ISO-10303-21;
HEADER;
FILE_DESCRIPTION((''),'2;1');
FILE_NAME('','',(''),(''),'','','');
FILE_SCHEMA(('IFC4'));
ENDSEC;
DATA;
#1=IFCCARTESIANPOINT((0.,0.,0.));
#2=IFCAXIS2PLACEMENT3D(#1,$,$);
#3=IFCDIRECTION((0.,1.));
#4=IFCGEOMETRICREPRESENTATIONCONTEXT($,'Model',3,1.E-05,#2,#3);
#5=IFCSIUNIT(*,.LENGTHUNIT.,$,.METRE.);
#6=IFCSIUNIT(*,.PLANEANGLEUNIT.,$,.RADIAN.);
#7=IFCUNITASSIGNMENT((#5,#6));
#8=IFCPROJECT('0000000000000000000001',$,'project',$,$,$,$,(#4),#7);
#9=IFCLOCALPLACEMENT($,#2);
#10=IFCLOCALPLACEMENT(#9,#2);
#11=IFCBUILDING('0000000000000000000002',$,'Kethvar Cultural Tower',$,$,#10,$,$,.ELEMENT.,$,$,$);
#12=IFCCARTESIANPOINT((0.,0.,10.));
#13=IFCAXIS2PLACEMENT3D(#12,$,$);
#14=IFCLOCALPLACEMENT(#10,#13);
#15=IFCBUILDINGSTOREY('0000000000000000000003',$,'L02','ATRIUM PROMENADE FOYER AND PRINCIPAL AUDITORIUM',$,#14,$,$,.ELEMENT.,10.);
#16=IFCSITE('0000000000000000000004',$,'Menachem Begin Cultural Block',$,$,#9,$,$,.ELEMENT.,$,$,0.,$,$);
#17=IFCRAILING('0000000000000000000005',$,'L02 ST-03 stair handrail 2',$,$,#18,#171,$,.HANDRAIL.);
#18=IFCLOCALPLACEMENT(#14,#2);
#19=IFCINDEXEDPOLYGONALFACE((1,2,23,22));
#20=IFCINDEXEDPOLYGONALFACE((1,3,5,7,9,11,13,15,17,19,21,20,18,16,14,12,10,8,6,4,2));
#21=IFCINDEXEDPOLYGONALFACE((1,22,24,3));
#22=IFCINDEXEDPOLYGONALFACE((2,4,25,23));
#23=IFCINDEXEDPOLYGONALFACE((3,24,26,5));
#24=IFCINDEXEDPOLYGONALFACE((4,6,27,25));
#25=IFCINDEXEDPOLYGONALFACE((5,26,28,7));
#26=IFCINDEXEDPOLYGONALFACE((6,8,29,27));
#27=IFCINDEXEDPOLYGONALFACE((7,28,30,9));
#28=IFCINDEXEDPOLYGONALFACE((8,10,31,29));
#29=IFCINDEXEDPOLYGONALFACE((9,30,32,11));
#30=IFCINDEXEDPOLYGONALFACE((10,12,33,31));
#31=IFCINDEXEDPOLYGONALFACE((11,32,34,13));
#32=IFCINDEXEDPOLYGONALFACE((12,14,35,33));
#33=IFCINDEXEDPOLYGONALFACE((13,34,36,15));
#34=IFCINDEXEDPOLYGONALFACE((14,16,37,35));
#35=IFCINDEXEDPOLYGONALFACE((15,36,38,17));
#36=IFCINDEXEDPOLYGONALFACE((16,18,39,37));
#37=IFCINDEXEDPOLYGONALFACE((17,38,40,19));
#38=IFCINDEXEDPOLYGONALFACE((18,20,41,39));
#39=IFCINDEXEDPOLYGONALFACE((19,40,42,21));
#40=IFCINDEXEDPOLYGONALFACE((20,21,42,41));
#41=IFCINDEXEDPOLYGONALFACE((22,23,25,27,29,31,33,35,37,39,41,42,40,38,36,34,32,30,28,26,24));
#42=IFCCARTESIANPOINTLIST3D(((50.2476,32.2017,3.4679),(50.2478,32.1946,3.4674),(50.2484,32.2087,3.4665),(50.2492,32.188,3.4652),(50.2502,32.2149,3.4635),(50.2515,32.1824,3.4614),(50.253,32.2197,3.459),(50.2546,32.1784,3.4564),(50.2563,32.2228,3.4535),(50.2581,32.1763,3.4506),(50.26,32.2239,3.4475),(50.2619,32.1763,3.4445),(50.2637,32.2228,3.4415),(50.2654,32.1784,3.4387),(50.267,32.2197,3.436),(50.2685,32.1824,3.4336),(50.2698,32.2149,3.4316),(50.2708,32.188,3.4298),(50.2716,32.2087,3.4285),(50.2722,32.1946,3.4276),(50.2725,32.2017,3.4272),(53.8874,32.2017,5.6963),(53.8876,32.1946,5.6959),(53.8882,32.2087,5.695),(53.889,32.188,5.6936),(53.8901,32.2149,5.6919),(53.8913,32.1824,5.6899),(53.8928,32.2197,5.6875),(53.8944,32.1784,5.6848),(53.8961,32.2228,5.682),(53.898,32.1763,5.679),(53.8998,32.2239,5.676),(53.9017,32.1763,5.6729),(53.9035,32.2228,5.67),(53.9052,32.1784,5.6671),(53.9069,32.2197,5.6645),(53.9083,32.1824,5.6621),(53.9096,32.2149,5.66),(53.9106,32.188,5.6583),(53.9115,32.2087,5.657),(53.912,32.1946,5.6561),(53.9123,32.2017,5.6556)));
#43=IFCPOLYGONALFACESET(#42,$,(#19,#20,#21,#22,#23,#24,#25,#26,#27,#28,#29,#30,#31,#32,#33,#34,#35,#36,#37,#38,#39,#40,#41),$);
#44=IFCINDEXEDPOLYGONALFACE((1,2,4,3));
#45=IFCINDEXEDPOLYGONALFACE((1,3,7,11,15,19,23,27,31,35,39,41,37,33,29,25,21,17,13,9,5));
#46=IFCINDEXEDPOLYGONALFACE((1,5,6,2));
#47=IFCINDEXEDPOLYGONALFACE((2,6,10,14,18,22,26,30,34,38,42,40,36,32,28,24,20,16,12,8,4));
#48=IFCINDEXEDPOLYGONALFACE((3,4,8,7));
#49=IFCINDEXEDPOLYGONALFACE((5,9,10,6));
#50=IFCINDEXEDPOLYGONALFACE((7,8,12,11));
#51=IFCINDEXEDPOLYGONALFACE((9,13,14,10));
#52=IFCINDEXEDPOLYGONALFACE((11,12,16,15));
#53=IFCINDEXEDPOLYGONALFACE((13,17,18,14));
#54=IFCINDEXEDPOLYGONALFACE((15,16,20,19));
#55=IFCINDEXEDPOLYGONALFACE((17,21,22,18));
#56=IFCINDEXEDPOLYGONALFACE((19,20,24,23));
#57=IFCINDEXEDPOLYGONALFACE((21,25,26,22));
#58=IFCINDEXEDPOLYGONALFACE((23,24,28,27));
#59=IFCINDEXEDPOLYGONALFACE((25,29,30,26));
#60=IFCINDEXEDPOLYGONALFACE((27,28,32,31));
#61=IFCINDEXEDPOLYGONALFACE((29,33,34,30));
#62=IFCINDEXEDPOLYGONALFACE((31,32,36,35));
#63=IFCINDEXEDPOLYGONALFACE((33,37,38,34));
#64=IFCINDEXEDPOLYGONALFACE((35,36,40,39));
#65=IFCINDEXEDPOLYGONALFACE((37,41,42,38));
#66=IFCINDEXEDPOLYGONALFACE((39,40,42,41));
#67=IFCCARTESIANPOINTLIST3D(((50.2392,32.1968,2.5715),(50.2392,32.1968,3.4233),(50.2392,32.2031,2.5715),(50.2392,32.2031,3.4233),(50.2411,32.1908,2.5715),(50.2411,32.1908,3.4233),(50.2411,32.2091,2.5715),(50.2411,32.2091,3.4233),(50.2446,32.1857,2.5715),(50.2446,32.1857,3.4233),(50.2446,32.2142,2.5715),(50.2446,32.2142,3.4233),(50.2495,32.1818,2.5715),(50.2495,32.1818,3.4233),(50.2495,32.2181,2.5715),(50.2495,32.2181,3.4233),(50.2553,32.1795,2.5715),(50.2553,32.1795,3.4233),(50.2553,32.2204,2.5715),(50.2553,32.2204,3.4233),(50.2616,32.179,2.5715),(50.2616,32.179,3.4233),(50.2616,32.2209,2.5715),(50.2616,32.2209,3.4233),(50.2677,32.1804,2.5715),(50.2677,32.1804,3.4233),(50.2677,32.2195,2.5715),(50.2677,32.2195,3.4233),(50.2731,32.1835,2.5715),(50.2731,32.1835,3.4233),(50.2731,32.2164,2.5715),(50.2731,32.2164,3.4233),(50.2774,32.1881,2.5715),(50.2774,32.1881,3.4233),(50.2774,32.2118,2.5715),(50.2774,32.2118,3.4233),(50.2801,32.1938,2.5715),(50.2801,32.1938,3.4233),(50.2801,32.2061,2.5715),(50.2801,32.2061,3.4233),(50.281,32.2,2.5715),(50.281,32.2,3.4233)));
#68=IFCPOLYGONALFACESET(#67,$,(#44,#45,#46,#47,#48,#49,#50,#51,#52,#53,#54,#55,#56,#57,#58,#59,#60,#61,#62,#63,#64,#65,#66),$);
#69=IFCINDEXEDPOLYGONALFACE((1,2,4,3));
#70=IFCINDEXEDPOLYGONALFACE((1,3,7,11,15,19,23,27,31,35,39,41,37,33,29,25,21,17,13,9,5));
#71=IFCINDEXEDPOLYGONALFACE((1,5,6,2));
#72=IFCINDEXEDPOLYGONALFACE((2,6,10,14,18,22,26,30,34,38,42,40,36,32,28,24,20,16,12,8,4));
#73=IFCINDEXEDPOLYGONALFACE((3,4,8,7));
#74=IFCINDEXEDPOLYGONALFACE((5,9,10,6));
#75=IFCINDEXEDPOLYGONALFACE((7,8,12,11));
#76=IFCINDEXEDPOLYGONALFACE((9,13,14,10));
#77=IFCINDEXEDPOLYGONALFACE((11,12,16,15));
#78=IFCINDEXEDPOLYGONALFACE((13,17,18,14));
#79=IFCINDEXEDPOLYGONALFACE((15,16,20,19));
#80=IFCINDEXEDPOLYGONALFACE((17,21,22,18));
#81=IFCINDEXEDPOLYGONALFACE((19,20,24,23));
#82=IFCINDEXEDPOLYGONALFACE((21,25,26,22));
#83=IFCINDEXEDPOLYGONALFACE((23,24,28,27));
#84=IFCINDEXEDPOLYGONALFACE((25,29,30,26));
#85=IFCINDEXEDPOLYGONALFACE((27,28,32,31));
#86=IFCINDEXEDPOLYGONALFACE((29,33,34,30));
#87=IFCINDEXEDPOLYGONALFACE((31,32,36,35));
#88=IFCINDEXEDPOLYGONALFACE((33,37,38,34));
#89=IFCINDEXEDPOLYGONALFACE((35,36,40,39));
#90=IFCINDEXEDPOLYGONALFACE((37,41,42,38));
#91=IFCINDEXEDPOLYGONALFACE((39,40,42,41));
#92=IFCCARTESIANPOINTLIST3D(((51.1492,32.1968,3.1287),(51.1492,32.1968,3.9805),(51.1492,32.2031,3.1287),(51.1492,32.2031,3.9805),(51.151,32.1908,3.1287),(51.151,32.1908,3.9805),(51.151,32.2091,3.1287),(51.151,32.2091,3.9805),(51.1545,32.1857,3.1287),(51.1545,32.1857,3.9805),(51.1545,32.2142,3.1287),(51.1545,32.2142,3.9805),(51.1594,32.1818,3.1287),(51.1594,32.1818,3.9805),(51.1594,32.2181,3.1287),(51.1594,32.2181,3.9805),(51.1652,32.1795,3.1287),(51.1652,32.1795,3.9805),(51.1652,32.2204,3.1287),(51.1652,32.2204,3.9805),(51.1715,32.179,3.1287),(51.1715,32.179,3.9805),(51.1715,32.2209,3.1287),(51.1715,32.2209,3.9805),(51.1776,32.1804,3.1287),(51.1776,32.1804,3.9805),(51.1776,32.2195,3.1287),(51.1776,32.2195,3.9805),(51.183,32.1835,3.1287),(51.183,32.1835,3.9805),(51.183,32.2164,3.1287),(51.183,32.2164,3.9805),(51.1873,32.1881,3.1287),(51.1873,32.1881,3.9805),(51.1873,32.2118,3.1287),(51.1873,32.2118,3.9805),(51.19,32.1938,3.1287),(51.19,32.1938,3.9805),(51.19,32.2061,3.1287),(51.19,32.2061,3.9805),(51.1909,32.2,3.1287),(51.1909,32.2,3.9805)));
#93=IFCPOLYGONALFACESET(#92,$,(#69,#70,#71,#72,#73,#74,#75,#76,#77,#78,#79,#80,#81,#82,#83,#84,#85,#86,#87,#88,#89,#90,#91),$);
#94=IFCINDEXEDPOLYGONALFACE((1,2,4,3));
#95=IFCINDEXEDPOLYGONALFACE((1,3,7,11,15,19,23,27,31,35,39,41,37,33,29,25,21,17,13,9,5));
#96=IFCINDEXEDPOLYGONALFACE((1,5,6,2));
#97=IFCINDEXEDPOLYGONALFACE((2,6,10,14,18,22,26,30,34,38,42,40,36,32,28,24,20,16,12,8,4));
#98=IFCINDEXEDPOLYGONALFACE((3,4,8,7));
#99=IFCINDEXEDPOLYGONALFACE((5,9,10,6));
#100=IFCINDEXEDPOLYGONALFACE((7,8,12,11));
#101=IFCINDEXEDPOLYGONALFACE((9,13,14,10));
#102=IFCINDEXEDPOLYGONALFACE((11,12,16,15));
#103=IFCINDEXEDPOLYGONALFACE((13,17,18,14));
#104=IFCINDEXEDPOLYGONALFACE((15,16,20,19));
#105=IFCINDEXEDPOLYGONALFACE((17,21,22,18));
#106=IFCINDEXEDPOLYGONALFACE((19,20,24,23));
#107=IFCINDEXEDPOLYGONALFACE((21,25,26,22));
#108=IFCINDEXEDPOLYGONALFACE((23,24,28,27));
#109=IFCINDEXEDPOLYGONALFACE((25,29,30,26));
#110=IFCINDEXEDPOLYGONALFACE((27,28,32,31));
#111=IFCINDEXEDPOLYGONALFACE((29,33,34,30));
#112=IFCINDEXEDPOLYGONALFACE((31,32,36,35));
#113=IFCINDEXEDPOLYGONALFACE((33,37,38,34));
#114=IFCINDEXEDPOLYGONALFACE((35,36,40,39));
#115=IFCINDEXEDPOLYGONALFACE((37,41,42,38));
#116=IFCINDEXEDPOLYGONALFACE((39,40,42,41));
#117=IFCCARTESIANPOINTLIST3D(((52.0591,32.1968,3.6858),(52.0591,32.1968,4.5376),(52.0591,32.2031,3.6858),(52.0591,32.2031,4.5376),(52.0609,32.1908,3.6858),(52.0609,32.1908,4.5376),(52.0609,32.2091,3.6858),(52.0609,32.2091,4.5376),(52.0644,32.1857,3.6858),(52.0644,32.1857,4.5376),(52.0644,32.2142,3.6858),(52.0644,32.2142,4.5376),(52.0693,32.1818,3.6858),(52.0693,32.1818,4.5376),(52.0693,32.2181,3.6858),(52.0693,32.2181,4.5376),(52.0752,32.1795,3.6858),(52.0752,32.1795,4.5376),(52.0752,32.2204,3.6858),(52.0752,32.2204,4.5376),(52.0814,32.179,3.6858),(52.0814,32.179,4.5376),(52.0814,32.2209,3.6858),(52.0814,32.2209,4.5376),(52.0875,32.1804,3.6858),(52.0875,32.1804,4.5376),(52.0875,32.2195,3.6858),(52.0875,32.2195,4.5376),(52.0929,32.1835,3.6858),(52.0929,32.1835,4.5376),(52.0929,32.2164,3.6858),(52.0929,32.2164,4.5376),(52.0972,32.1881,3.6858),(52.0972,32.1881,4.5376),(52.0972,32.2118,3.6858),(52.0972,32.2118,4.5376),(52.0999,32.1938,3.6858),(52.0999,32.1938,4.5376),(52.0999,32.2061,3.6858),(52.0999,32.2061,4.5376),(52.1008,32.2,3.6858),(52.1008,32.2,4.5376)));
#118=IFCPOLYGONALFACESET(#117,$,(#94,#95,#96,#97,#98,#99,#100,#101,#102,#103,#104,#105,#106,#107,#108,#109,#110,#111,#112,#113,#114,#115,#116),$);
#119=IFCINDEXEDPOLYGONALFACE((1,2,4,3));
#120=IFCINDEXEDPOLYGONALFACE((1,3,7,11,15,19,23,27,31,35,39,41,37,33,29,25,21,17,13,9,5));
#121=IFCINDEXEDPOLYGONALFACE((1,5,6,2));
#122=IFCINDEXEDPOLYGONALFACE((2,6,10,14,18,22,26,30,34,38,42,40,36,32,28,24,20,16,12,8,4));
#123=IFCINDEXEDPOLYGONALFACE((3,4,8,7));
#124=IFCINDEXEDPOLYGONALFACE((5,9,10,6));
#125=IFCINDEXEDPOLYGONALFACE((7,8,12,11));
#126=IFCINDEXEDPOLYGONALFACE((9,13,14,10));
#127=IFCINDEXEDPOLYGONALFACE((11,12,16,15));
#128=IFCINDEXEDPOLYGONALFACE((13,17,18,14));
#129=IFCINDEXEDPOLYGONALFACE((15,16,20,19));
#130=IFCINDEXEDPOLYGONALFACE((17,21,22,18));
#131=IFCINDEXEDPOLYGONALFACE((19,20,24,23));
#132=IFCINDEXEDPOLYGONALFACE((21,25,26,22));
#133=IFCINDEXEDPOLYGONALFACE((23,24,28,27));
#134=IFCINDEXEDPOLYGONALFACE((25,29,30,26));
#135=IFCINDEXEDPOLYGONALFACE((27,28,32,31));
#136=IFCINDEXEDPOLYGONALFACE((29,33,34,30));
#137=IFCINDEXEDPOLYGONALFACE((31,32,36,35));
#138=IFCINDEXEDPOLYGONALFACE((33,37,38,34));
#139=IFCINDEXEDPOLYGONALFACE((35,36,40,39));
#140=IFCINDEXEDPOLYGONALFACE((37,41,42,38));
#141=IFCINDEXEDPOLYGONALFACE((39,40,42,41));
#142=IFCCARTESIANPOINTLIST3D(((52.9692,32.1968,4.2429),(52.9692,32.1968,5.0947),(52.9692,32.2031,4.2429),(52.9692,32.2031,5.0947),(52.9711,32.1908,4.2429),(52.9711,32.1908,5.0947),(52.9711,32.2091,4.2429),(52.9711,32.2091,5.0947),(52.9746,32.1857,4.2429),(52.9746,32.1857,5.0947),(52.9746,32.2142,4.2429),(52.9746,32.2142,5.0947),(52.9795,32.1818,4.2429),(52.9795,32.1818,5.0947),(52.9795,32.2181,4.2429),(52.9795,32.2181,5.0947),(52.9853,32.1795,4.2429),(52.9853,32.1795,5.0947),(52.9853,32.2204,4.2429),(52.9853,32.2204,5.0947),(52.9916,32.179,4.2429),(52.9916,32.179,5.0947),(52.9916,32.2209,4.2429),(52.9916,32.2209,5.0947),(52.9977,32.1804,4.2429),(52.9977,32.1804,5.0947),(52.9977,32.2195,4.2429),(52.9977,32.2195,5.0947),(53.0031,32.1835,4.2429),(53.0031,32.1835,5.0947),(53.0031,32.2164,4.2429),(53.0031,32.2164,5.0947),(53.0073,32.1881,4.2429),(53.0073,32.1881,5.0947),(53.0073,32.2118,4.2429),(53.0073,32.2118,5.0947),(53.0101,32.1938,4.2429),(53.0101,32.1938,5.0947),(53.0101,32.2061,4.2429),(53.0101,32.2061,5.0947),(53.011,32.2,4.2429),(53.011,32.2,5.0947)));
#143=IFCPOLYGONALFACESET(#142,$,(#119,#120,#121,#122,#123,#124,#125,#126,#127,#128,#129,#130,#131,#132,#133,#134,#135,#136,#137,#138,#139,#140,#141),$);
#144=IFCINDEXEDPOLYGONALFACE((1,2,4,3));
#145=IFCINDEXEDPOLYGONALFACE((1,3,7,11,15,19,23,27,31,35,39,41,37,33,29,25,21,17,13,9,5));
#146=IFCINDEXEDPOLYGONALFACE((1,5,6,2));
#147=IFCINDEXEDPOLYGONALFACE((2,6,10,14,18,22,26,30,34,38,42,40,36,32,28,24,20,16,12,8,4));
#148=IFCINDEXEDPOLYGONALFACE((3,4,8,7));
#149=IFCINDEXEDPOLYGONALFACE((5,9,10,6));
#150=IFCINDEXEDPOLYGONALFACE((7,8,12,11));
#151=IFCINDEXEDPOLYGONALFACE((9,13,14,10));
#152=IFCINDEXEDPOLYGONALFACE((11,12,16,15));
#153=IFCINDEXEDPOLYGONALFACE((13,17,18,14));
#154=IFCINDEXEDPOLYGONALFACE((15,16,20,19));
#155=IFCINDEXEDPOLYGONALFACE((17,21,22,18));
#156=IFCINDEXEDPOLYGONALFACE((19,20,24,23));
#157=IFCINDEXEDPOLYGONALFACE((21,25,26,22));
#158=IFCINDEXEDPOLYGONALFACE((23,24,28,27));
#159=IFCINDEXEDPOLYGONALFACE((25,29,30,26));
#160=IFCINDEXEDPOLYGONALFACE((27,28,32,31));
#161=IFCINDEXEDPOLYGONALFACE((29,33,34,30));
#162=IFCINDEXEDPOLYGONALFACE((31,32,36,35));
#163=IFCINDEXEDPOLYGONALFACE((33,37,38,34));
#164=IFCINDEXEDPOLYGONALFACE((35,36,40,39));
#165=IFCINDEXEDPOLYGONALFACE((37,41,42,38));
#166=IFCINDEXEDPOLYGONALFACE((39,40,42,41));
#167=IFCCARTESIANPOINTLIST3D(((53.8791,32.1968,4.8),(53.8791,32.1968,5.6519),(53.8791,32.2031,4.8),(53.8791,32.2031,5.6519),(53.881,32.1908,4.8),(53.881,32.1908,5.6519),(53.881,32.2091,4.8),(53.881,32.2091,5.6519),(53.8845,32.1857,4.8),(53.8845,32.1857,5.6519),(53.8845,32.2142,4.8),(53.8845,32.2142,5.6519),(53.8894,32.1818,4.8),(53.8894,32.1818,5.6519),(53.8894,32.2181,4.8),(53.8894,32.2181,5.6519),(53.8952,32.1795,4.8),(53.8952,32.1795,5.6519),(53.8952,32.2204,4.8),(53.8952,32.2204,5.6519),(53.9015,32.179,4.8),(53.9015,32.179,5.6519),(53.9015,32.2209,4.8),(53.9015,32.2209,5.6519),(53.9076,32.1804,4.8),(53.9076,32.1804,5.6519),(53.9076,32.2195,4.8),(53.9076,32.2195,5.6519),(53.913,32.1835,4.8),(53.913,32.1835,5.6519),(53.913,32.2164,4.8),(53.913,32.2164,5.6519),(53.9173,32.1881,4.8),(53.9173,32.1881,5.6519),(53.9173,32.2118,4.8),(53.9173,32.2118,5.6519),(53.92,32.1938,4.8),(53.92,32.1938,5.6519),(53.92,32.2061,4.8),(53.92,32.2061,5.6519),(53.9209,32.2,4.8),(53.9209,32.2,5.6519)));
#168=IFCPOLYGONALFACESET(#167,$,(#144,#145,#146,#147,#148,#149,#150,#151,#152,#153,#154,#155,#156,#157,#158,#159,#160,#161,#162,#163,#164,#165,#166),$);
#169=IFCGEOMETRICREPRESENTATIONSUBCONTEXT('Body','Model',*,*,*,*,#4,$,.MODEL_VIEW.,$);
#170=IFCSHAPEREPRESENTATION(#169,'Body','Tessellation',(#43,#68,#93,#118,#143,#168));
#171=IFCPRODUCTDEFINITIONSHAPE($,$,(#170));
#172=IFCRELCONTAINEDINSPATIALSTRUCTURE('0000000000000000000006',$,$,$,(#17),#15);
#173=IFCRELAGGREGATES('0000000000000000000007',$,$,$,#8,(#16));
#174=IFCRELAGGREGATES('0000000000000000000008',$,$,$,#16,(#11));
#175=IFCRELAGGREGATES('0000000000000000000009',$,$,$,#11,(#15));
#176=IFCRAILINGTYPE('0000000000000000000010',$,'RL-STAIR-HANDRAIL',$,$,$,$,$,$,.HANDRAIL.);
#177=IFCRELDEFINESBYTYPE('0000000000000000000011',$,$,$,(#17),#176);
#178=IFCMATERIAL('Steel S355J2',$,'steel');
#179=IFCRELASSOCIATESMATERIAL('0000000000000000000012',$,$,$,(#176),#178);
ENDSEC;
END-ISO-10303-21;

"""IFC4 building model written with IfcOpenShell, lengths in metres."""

from ifc_helpers import new_model, si_unit, direction, frame, origin, origin_2d, place, context, subcontext, project, spatial, circle, extrude, material, type_object, element, save


model = new_model("IFC4")

# Units and contexts
model_context = context("Model", 3, precision=1e-05, world=origin(), true_north=direction((0.0, 1.0)))
body_context = subcontext(model_context, "Body", "Model", "MODEL_VIEW")
ifc_project = project(units=[si_unit("LENGTHUNIT", "METRE"), si_unit("PLANEANGLEUNIT", "RADIAN")], contexts=[model_context])

# Site, building, storey
site_placement = place(None, origin())
site = spatial("IfcSite", under=ifc_project, at=site_placement, Name="Menachem Begin Cultural Block", CompositionType="ELEMENT", RefElevation=0.0)
building_placement = place(site_placement, origin())
building = spatial("IfcBuilding", under=site, at=building_placement, Name="Kethvar Cultural Tower", CompositionType="ELEMENT")
storey_placement = place(building_placement, frame((0.0, 0.0, 10.0)))
storey = spatial("IfcBuildingStorey", under=building, at=storey_placement, Name="L02", Description="ATRIUM PROMENADE FOYER AND PRINCIPAL AUDITORIUM", CompositionType="ELEMENT", Elevation=10.0)

# Shared definitions
ifc_material_1 = material(Name="Steel S355J2", Category="steel")

# Railing
railing_type_1 = type_object("IfcRailingType", Name="RL-STAIR-HANDRAIL", PredefinedType="HANDRAIL", material=ifc_material_1)
railing_1_placement = place(storey_placement, frame((50.26, 32.2, 2.5715)))
element("IfcRailing", 1, at=railing_1_placement, inside=storey, type_object=railing_type_1, Name="L02 ST-03 stair handrail 2", PredefinedType="HANDRAIL", context=body_context, shape_type="SweptSolid", body=[
    extrude(circle(Radius=0.0239, at=origin_2d()), frame((0.0, 0.0, 0.876), z_axis=(0.85285, 0.0, 0.522156), x_axis=(0.0, 1.0, 0.0)), (0.0, 0.0, 1.0), 4.2678),
    extrude(circle(Radius=0.021, at=origin_2d()), origin(), (0.0, 0.0, 1.0), 0.8518),
    extrude(circle(Radius=0.021, at=origin_2d()), frame((0.9099, 0.0, 0.5571)), (0.0, 0.0, 1.0), 0.8518),
    extrude(circle(Radius=0.021, at=origin_2d()), frame((1.8198, 0.0, 1.1143)), (0.0, 0.0, 1.0), 0.8518),
    extrude(circle(Radius=0.021, at=origin_2d()), frame((2.73, 0.0, 1.6714)), (0.0, 0.0, 1.0), 0.8518),
    extrude(circle(Radius=0.021, at=origin_2d()), frame((3.6399, 0.0, 2.2285)), (0.0, 0.0, 1.0), 0.8518),
])

save(model, "model.ifc")
